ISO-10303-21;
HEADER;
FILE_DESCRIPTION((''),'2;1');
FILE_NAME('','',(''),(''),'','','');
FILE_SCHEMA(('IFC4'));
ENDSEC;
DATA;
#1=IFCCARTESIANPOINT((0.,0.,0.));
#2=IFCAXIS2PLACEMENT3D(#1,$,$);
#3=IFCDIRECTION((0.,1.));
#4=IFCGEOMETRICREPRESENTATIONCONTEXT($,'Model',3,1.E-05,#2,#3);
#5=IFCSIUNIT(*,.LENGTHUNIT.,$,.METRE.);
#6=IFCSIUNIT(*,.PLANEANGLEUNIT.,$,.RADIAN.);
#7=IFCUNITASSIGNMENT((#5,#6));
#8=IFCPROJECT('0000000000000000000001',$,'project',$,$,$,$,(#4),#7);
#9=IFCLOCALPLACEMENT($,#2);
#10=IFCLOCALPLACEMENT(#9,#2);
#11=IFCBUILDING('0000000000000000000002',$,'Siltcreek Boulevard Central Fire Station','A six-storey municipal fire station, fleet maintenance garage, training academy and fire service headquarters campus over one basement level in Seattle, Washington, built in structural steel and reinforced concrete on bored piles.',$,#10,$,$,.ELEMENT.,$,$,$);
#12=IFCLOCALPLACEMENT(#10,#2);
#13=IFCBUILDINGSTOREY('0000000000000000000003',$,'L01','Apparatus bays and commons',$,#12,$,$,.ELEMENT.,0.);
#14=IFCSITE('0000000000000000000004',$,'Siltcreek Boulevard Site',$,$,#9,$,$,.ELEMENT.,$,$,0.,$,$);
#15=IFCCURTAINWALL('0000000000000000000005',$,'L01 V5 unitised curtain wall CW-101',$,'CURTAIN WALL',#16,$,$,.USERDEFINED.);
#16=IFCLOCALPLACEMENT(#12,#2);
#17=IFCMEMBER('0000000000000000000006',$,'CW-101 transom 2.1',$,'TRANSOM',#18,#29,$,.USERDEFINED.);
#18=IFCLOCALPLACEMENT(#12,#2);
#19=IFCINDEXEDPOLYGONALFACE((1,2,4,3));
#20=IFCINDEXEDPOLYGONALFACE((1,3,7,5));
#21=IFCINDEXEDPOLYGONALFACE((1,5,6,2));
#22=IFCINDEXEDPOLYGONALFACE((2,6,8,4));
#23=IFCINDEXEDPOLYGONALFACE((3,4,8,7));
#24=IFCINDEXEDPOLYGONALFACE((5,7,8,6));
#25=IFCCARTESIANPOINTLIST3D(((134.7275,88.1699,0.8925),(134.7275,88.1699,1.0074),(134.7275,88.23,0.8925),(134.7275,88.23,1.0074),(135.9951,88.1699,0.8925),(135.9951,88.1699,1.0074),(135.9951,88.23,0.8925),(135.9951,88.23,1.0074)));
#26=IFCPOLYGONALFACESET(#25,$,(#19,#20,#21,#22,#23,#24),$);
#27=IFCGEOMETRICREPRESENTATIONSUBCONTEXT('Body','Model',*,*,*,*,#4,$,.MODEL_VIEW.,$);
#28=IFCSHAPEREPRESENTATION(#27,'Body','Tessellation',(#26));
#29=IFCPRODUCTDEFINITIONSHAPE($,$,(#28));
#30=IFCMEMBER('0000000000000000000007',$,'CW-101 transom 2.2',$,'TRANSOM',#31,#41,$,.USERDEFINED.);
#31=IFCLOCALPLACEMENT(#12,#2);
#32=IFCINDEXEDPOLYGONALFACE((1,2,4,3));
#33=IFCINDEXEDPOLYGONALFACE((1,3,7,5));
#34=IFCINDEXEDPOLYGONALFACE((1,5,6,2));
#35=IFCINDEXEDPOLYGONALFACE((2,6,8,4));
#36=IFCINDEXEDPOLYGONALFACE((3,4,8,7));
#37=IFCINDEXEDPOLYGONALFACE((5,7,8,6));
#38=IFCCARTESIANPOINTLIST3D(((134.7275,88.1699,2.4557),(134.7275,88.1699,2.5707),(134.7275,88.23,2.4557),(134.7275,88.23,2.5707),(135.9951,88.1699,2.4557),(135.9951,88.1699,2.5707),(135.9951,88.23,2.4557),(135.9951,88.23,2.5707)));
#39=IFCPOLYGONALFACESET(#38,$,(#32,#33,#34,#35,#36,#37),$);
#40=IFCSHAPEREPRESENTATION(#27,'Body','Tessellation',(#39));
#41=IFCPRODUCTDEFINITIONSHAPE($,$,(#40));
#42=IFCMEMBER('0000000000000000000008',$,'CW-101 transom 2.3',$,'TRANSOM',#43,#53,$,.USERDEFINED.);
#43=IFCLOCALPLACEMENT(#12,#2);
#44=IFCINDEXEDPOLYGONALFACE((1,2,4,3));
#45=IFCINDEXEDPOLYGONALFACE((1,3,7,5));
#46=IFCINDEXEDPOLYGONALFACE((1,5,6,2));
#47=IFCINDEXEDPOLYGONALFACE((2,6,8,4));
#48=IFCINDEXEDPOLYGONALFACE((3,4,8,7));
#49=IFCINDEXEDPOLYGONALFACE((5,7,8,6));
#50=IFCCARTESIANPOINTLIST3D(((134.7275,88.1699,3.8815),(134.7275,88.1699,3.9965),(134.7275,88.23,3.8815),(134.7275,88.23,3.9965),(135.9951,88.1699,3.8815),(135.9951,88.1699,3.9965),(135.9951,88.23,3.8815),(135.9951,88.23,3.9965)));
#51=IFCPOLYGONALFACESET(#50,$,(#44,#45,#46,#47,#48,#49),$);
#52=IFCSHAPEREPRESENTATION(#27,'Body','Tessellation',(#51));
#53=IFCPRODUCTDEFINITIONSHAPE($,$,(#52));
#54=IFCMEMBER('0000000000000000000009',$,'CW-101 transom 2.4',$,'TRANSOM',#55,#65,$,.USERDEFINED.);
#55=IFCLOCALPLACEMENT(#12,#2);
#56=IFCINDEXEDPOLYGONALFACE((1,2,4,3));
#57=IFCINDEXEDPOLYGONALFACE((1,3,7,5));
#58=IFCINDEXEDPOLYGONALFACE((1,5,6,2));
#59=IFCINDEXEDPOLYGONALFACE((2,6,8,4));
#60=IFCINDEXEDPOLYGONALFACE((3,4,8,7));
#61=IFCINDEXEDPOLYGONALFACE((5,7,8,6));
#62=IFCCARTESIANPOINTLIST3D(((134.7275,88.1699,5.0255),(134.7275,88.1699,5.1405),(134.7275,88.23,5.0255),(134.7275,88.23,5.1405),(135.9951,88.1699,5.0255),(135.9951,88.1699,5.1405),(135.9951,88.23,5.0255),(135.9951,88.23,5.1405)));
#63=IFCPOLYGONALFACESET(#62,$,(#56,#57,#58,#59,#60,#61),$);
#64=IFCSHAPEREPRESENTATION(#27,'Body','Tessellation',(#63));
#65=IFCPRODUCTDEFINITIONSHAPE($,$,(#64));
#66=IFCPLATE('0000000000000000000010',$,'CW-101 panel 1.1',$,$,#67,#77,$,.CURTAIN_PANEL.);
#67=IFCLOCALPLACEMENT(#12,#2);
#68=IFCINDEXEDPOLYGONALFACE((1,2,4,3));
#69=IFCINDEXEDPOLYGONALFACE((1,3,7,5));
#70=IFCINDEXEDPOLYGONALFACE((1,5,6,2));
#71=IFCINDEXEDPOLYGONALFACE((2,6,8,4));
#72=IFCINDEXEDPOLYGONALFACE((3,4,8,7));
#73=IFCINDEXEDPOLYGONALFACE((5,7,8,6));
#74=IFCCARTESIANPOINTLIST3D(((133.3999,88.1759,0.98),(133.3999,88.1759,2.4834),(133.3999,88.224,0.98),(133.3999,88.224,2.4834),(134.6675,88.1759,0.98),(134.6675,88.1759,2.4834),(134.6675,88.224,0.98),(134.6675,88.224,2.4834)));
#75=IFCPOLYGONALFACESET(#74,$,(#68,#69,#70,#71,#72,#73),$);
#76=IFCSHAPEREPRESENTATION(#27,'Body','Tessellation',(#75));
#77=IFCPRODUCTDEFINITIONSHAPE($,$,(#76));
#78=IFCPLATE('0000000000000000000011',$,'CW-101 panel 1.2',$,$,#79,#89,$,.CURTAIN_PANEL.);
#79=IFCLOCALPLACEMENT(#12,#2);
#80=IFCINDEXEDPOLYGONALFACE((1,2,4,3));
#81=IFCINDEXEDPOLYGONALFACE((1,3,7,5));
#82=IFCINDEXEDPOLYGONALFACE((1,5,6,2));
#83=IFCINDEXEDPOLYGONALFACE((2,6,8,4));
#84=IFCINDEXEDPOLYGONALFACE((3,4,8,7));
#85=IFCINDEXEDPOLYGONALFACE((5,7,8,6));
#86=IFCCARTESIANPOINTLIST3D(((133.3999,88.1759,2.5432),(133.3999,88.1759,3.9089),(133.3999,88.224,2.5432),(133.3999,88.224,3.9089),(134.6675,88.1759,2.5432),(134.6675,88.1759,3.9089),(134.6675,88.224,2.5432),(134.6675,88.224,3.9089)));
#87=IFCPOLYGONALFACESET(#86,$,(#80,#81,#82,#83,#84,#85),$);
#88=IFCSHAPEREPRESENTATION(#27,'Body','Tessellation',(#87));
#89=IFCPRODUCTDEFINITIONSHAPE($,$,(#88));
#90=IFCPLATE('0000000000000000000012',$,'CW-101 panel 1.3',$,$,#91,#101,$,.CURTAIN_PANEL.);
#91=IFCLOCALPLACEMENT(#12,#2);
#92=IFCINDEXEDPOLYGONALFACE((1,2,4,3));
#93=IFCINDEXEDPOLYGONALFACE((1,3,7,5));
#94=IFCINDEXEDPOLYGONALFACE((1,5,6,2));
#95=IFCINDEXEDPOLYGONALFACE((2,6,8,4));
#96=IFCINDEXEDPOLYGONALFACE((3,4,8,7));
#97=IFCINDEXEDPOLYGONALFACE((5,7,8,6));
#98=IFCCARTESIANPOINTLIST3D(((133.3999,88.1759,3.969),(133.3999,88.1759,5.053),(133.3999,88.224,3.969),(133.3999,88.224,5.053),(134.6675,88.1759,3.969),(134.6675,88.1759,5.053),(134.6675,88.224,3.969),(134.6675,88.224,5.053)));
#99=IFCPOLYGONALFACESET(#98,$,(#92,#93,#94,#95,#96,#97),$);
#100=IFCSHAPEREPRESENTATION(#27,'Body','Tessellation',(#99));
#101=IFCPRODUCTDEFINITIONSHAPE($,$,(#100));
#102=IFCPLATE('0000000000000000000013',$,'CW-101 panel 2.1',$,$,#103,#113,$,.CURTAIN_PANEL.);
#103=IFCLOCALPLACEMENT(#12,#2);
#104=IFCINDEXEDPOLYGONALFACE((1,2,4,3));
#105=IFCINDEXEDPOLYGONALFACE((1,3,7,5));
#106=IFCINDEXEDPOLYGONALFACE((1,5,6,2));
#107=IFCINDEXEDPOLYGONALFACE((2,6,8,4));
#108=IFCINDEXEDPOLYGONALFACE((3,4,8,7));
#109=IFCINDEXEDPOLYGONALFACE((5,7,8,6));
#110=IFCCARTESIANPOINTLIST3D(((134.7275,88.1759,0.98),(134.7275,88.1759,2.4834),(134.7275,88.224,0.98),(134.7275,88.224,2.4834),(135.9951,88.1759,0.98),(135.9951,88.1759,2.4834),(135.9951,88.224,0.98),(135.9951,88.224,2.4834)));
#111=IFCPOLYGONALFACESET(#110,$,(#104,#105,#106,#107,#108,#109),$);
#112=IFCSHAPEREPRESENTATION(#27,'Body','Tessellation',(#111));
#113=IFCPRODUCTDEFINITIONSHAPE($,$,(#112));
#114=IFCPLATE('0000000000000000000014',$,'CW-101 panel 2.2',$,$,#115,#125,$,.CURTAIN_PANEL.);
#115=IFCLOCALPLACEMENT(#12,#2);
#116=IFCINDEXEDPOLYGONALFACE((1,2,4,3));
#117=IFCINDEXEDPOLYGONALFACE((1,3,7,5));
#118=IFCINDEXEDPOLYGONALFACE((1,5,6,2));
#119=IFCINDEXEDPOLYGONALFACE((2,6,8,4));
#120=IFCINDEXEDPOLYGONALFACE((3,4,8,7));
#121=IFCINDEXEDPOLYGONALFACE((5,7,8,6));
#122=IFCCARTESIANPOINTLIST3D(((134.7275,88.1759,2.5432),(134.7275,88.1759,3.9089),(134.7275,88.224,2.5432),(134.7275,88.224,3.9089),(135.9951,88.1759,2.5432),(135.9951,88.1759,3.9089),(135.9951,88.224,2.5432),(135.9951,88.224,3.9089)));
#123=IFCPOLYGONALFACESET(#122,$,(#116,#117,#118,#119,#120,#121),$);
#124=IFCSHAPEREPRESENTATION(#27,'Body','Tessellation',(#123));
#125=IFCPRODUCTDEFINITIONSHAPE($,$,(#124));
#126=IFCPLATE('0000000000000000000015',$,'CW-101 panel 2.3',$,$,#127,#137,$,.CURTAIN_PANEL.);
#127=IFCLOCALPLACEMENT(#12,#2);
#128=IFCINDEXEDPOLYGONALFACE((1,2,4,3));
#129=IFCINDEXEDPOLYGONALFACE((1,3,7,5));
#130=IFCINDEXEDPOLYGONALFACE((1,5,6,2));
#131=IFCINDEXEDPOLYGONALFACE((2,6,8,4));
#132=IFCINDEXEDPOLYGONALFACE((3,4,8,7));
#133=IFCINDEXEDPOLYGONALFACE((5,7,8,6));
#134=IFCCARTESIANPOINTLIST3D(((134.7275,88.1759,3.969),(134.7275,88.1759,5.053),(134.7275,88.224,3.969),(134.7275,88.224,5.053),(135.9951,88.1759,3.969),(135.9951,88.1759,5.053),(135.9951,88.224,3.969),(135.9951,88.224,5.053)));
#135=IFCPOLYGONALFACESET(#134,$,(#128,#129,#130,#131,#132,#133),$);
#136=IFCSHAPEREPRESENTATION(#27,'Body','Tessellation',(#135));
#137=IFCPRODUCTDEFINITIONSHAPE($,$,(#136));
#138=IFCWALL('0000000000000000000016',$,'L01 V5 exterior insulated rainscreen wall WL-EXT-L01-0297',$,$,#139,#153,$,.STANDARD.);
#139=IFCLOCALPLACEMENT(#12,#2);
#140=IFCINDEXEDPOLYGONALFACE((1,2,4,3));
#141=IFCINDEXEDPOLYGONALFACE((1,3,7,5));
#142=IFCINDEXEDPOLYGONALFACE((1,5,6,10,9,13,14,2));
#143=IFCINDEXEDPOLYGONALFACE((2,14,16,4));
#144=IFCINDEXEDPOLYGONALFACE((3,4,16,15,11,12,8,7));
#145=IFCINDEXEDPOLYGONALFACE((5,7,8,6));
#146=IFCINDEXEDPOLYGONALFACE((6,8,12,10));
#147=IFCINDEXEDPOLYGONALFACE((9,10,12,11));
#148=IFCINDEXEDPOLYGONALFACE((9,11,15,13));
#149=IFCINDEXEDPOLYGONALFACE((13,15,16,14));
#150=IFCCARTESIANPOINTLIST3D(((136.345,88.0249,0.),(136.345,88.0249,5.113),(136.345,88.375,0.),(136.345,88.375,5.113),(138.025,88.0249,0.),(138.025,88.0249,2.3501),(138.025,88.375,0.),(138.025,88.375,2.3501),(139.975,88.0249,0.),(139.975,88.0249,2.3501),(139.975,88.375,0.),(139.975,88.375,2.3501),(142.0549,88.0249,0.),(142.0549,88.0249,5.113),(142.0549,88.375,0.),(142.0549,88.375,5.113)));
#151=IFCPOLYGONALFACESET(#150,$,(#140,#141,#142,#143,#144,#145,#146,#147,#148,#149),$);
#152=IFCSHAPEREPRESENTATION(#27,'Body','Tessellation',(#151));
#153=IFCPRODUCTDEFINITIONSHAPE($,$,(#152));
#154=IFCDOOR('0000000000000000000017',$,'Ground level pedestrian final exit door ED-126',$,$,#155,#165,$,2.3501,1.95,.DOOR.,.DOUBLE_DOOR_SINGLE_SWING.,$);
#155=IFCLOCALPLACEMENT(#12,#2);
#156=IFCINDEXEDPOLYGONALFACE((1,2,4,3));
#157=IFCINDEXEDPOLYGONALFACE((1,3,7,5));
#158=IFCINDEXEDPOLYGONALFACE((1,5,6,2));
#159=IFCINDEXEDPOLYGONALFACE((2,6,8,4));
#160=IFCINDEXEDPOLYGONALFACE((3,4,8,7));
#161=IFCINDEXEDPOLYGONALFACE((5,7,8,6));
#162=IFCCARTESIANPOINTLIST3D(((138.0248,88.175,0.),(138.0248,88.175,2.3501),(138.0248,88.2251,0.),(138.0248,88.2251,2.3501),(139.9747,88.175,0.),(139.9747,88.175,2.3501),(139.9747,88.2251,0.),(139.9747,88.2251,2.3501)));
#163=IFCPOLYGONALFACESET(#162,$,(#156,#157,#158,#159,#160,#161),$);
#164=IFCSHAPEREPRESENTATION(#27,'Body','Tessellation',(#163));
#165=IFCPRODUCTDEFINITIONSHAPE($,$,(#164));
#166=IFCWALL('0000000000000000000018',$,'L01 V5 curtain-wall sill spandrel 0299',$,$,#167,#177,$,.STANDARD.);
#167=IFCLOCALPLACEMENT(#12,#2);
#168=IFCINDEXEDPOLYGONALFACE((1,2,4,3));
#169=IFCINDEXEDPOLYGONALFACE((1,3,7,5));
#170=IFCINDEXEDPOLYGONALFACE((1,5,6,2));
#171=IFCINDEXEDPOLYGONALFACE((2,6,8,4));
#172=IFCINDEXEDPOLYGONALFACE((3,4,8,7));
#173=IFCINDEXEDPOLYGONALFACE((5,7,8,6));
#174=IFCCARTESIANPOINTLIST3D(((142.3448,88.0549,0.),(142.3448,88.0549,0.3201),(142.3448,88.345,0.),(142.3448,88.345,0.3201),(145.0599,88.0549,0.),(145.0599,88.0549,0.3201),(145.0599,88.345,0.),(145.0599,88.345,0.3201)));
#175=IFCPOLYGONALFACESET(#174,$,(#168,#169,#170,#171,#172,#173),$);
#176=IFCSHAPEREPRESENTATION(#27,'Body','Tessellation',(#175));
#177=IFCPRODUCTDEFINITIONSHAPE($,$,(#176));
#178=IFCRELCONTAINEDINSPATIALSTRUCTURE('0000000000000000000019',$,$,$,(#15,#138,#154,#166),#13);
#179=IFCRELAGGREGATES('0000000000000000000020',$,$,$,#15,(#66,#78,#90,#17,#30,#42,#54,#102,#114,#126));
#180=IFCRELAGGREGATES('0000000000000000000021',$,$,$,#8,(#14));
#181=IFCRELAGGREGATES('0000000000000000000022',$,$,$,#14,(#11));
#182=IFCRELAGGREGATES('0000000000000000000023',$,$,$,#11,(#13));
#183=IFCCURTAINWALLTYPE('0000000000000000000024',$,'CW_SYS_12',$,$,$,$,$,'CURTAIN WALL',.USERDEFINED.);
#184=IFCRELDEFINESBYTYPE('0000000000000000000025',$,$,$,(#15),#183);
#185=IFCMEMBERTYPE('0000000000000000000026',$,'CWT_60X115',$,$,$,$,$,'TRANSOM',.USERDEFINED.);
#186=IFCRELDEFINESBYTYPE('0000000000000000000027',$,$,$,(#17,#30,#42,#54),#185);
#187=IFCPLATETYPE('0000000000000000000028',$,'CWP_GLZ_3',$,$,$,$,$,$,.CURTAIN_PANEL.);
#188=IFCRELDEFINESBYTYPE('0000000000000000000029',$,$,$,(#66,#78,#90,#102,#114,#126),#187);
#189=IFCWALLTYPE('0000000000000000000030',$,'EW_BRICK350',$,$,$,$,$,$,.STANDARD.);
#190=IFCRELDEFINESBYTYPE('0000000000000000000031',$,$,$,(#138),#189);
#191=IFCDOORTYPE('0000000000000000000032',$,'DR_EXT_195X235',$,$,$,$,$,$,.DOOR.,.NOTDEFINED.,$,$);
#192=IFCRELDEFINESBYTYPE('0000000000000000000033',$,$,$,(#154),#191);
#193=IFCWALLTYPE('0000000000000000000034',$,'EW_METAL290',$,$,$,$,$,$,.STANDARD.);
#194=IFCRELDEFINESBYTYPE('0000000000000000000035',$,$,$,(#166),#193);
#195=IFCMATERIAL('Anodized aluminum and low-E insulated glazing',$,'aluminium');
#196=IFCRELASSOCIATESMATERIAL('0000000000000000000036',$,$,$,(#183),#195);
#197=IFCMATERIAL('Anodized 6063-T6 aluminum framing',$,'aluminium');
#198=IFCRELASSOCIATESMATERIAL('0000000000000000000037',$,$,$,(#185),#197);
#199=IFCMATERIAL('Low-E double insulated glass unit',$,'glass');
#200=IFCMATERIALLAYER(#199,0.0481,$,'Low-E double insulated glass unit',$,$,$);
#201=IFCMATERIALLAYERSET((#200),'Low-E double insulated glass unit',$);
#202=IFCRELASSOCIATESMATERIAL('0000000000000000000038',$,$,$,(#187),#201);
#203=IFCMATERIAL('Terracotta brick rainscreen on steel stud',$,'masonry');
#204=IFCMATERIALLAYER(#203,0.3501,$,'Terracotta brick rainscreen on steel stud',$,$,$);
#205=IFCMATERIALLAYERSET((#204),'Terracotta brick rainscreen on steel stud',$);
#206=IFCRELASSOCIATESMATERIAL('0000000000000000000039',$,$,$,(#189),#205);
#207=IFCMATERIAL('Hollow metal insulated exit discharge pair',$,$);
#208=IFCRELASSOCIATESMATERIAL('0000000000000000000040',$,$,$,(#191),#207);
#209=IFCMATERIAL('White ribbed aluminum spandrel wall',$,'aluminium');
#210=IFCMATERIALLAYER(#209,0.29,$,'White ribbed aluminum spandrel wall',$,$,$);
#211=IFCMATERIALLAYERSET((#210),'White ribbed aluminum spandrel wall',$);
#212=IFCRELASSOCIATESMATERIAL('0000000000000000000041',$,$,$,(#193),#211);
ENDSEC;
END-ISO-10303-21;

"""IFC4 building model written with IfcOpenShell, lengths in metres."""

from ifc_helpers import new_model, si_unit, direction, frame, frame_2d, origin, origin_2d, place, context, subcontext, project, spatial, rectangle, extrude, material, layer, layer_set, material_profile, profile_set, type_object, element, fill, aggregate, save


model = new_model("IFC4")

# Units and contexts
model_context = context("Model", 3, precision=1e-05, world=origin(), true_north=direction((0.0, 1.0)))
body_context = subcontext(model_context, "Body", "Model", "MODEL_VIEW")
ifc_project = project(units=[si_unit("LENGTHUNIT", "METRE"), si_unit("PLANEANGLEUNIT", "RADIAN")], contexts=[model_context])

# Site, building, storey
site_placement = place(None, origin())
site = spatial("IfcSite", under=ifc_project, at=site_placement, Name="Siltcreek Boulevard Site", CompositionType="ELEMENT", RefElevation=0.0)
building_placement = place(site_placement, origin())
building = spatial("IfcBuilding", under=site, at=building_placement, Name="Siltcreek Boulevard Central Fire Station", Description="A six-storey municipal fire station, fleet maintenance garage, training academy and fire service headquarters campus over one basement level in Seattle, Washington, built in structural steel and reinforced concrete on bored piles.", CompositionType="ELEMENT")
storey_placement = place(building_placement, origin())
storey = spatial("IfcBuildingStorey", under=building, at=storey_placement, Name="L01", Description="Apparatus bays and commons", CompositionType="ELEMENT", Elevation=0.0)

# Curtain wall
ifc_material_1 = material(Name="Anodized aluminum and low-E insulated glazing", Category="aluminium")
curtain_wall_type_1 = type_object("IfcCurtainWallType", Name="CW_SYS_12", ElementType="CURTAIN WALL", PredefinedType="USERDEFINED", material=ifc_material_1)
curtain_wall_1_placement = place(storey_placement, origin())
curtain_wall_1 = element("IfcCurtainWall", 1, at=curtain_wall_1_placement, inside=storey, type_object=curtain_wall_type_1, Name="L01 V5 unitised curtain wall CW-101", ObjectType="CURTAIN WALL", PredefinedType="USERDEFINED")
ifc_material_2 = material(Name="Anodized 6063-T6 aluminum framing", Category="aluminium")

# Members
ifc_material_profile_1 = material_profile(ifc_material_2, rectangle(XDim=0.0601, YDim=0.115, at=origin_2d()), Name="TRAN60X115")
ifc_profile_set_1 = profile_set([ifc_material_profile_1], Name="Anodized 6063-T6 aluminum framing")
member_type_1 = type_object("IfcMemberType", Name="CWT_60X115", ElementType="TRANSOM", PredefinedType="USERDEFINED", material=ifc_profile_set_1)
member_1_placement = place(storey_placement, frame((134.7275, 88.2, 0.95), z_axis=(1.0, 0.0, 0.0), x_axis=(0.0, 1.0, 0.0)))
member_1 = element("IfcMember", 2, at=member_1_placement, type_object=member_type_1, Name="CW-101 transom 2.1", ObjectType="TRANSOM", PredefinedType="USERDEFINED", context=body_context, shape_type="SweptSolid", body=[
    extrude(rectangle(XDim=0.0601, YDim=0.115, at=origin_2d()), origin(), (0.0, 0.0, 1.0), 1.2676),
])
member_2_placement = place(storey_placement, frame((134.7275, 88.2, 2.5132), z_axis=(1.0, 0.0, 0.0), x_axis=(0.0, 1.0, 0.0)))
member_2 = element("IfcMember", 3, at=member_2_placement, type_object=member_type_1, Name="CW-101 transom 2.2", ObjectType="TRANSOM", PredefinedType="USERDEFINED", context=body_context, shape_type="SweptSolid", body=[
    extrude(rectangle(XDim=0.0601, YDim=0.115, at=origin_2d()), origin(), (0.0, 0.0, 1.0), 1.2676),
])
member_3_placement = place(storey_placement, frame((134.7275, 88.2, 3.939), z_axis=(1.0, 0.0, 0.0), x_axis=(0.0, 1.0, 0.0)))
member_3 = element("IfcMember", 4, at=member_3_placement, type_object=member_type_1, Name="CW-101 transom 2.3", ObjectType="TRANSOM", PredefinedType="USERDEFINED", context=body_context, shape_type="SweptSolid", body=[
    extrude(rectangle(XDim=0.0601, YDim=0.115, at=origin_2d()), origin(), (0.0, 0.0, 1.0), 1.2676),
])
member_4_placement = place(storey_placement, frame((134.7275, 88.2, 5.083), z_axis=(1.0, 0.0, 0.0), x_axis=(0.0, 1.0, 0.0)))
member_4 = element("IfcMember", 5, at=member_4_placement, type_object=member_type_1, Name="CW-101 transom 2.4", ObjectType="TRANSOM", PredefinedType="USERDEFINED", context=body_context, shape_type="SweptSolid", body=[
    extrude(rectangle(XDim=0.0601, YDim=0.115, at=origin_2d()), origin(), (0.0, 0.0, 1.0), 1.2676),
])

# Plates
ifc_material_3 = material(Name="Low-E double insulated glass unit", Category="glass")
ifc_layer_1 = layer(ifc_material_3, 0.0481, Name="Low-E double insulated glass unit")
ifc_layer_set_1 = layer_set([ifc_layer_1], Name="Low-E double insulated glass unit")
plate_type = type_object("IfcPlateType", Name="CWP_GLZ_3", PredefinedType="CURTAIN_PANEL", material=ifc_layer_set_1)
plate_1_placement = place(storey_placement, frame((134.0337, 88.2, 0.98), z_axis=(0.0, 0.0, 1.0), x_axis=(1.0, 0.0, 0.0)))
plate_1 = element("IfcPlate", 6, at=plate_1_placement, type_object=plate_type, Name="CW-101 panel 1.1", PredefinedType="CURTAIN_PANEL", context=body_context, shape_type="SweptSolid", body=[
    extrude(rectangle(XDim=1.2676, YDim=0.0481, at=origin_2d()), origin(), (0.0, 0.0, 1.0), 1.5034),
])
plate_2_placement = place(storey_placement, frame((134.0337, 88.2, 2.5432), z_axis=(0.0, 0.0, 1.0), x_axis=(1.0, 0.0, 0.0)))
plate_2 = element("IfcPlate", 7, at=plate_2_placement, type_object=plate_type, Name="CW-101 panel 1.2", PredefinedType="CURTAIN_PANEL", context=body_context, shape_type="SweptSolid", body=[
    extrude(rectangle(XDim=1.2676, YDim=0.0481, at=origin_2d()), origin(), (0.0, 0.0, 1.0), 1.3657),
])
plate_3_placement = place(storey_placement, frame((134.0337, 88.2, 3.969), z_axis=(0.0, 0.0, 1.0), x_axis=(1.0, 0.0, 0.0)))
plate_3 = element("IfcPlate", 8, at=plate_3_placement, type_object=plate_type, Name="CW-101 panel 1.3", PredefinedType="CURTAIN_PANEL", context=body_context, shape_type="SweptSolid", body=[
    extrude(rectangle(XDim=1.2676, YDim=0.0481, at=origin_2d()), origin(), (0.0, 0.0, 1.0), 1.084),
])
plate_4_placement = place(storey_placement, frame((135.3613, 88.2, 0.98), z_axis=(0.0, 0.0, 1.0), x_axis=(1.0, 0.0, 0.0)))
plate_4 = element("IfcPlate", 9, at=plate_4_placement, type_object=plate_type, Name="CW-101 panel 2.1", PredefinedType="CURTAIN_PANEL", context=body_context, shape_type="SweptSolid", body=[
    extrude(rectangle(XDim=1.2676, YDim=0.0481, at=origin_2d()), origin(), (0.0, 0.0, 1.0), 1.5034),
])
plate_5_placement = place(storey_placement, frame((135.3613, 88.2, 2.5432), z_axis=(0.0, 0.0, 1.0), x_axis=(1.0, 0.0, 0.0)))
plate_5 = element("IfcPlate", 10, at=plate_5_placement, type_object=plate_type, Name="CW-101 panel 2.2", PredefinedType="CURTAIN_PANEL", context=body_context, shape_type="SweptSolid", body=[
    extrude(rectangle(XDim=1.2676, YDim=0.0481, at=origin_2d()), origin(), (0.0, 0.0, 1.0), 1.3657),
])
plate_6_placement = place(storey_placement, frame((135.3613, 88.2, 3.969), z_axis=(0.0, 0.0, 1.0), x_axis=(1.0, 0.0, 0.0)))
plate_6 = element("IfcPlate", 11, at=plate_6_placement, type_object=plate_type, Name="CW-101 panel 2.3", PredefinedType="CURTAIN_PANEL", context=body_context, shape_type="SweptSolid", body=[
    extrude(rectangle(XDim=1.2676, YDim=0.0481, at=origin_2d()), origin(), (0.0, 0.0, 1.0), 1.084),
])
aggregate(curtain_wall_1, [plate_1, plate_2, plate_3, member_1, member_2, member_3, member_4, plate_4, plate_5, plate_6])

# Wall, opening, door
ifc_material_4 = material(Name="Terracotta brick rainscreen on steel stud", Category="masonry")
ifc_layer_2 = layer(ifc_material_4, 0.3501, Name="Terracotta brick rainscreen on steel stud")
ifc_layer_set_2 = layer_set([ifc_layer_2], Name="Terracotta brick rainscreen on steel stud")
wall_type_1 = type_object("IfcWallType", Name="EW_BRICK350", PredefinedType="STANDARD", material=ifc_layer_set_2)
wall_1_placement = place(storey_placement, frame((136.345, 88.2, 0.0), z_axis=(0.0, 0.0, 1.0), x_axis=(1.0, 0.0, 0.0)))
wall_1 = element("IfcWall", 12, at=wall_1_placement, inside=storey, type_object=wall_type_1, Name="L01 V5 exterior insulated rainscreen wall WL-EXT-L01-0297", PredefinedType="STANDARD", context=body_context, shape_type="SweptSolid", body=[
    extrude(rectangle(XDim=5.71, YDim=0.3501, at=frame_2d((2.855, 0.0))), origin(), (0.0, 0.0, 1.0), 5.113),
])
opening_1_placement = place(wall_1_placement, frame((1.6799, 0.0, 0.0)))
opening_1 = element("IfcOpeningElement", 13, at=opening_1_placement, cuts=wall_1, PredefinedType="OPENING", context=body_context, shape_type="SweptSolid", body=[
    extrude(rectangle(XDim=1.95, YDim=2.3501, at=frame_2d((0.9751, 1.175))), frame((0.0, 0.1851, 0.0), z_axis=(0.0, -1.0, 0.0), x_axis=(1.0, 0.0, 0.0)), (0.0, 0.0, 1.0), 0.3701),
])
ifc_material_5 = material(Name="Hollow metal insulated exit discharge pair")
door_type_1 = type_object("IfcDoorType", Name="DR_EXT_195X235", OperationType="NOTDEFINED", PredefinedType="DOOR", material=ifc_material_5)
door_1_placement = place(opening_1_placement, frame((1.95, 0.0, 0.0), z_axis=(0.0, 0.0, 1.0), x_axis=(-1.0, 0.0, 0.0)))
door_1 = element("IfcDoor", 14, at=door_1_placement, inside=storey, type_object=door_type_1, Name="Ground level pedestrian final exit door ED-126", OperationType="DOUBLE_DOOR_SINGLE_SWING", OverallHeight=2.3501, OverallWidth=1.95, PredefinedType="DOOR", context=body_context, shape_type="SweptSolid", body=[
    extrude(rectangle(XDim=1.95, YDim=2.3501, at=frame_2d((0.9751, 1.175))), frame((0.0, 0.0249, 0.0), z_axis=(0.0, -1.0, 0.0), x_axis=(1.0, 0.0, 0.0)), (0.0, 0.0, 1.0), 0.05),
])
fill(opening_1, door_1)

# Wall
ifc_material_6 = material(Name="White ribbed aluminum spandrel wall", Category="aluminium")
ifc_layer_3 = layer(ifc_material_6, 0.29, Name="White ribbed aluminum spandrel wall")
ifc_layer_set_3 = layer_set([ifc_layer_3], Name="White ribbed aluminum spandrel wall")
wall_type_2 = type_object("IfcWallType", Name="EW_METAL290", PredefinedType="STANDARD", material=ifc_layer_set_3)
wall_2_placement = place(storey_placement, frame((142.345, 88.2, 0.0), z_axis=(0.0, 0.0, 1.0), x_axis=(1.0, 0.0, 0.0)))
element("IfcWall", 15, at=wall_2_placement, inside=storey, type_object=wall_type_2, Name="L01 V5 curtain-wall sill spandrel 0299", PredefinedType="STANDARD", context=body_context, shape_type="SweptSolid", body=[
    extrude(rectangle(XDim=2.7151, YDim=0.29, at=frame_2d((1.3574, 0.0))), origin(), (0.0, 0.0, 1.0), 0.3201),
])

save(model, "model.ifc")
